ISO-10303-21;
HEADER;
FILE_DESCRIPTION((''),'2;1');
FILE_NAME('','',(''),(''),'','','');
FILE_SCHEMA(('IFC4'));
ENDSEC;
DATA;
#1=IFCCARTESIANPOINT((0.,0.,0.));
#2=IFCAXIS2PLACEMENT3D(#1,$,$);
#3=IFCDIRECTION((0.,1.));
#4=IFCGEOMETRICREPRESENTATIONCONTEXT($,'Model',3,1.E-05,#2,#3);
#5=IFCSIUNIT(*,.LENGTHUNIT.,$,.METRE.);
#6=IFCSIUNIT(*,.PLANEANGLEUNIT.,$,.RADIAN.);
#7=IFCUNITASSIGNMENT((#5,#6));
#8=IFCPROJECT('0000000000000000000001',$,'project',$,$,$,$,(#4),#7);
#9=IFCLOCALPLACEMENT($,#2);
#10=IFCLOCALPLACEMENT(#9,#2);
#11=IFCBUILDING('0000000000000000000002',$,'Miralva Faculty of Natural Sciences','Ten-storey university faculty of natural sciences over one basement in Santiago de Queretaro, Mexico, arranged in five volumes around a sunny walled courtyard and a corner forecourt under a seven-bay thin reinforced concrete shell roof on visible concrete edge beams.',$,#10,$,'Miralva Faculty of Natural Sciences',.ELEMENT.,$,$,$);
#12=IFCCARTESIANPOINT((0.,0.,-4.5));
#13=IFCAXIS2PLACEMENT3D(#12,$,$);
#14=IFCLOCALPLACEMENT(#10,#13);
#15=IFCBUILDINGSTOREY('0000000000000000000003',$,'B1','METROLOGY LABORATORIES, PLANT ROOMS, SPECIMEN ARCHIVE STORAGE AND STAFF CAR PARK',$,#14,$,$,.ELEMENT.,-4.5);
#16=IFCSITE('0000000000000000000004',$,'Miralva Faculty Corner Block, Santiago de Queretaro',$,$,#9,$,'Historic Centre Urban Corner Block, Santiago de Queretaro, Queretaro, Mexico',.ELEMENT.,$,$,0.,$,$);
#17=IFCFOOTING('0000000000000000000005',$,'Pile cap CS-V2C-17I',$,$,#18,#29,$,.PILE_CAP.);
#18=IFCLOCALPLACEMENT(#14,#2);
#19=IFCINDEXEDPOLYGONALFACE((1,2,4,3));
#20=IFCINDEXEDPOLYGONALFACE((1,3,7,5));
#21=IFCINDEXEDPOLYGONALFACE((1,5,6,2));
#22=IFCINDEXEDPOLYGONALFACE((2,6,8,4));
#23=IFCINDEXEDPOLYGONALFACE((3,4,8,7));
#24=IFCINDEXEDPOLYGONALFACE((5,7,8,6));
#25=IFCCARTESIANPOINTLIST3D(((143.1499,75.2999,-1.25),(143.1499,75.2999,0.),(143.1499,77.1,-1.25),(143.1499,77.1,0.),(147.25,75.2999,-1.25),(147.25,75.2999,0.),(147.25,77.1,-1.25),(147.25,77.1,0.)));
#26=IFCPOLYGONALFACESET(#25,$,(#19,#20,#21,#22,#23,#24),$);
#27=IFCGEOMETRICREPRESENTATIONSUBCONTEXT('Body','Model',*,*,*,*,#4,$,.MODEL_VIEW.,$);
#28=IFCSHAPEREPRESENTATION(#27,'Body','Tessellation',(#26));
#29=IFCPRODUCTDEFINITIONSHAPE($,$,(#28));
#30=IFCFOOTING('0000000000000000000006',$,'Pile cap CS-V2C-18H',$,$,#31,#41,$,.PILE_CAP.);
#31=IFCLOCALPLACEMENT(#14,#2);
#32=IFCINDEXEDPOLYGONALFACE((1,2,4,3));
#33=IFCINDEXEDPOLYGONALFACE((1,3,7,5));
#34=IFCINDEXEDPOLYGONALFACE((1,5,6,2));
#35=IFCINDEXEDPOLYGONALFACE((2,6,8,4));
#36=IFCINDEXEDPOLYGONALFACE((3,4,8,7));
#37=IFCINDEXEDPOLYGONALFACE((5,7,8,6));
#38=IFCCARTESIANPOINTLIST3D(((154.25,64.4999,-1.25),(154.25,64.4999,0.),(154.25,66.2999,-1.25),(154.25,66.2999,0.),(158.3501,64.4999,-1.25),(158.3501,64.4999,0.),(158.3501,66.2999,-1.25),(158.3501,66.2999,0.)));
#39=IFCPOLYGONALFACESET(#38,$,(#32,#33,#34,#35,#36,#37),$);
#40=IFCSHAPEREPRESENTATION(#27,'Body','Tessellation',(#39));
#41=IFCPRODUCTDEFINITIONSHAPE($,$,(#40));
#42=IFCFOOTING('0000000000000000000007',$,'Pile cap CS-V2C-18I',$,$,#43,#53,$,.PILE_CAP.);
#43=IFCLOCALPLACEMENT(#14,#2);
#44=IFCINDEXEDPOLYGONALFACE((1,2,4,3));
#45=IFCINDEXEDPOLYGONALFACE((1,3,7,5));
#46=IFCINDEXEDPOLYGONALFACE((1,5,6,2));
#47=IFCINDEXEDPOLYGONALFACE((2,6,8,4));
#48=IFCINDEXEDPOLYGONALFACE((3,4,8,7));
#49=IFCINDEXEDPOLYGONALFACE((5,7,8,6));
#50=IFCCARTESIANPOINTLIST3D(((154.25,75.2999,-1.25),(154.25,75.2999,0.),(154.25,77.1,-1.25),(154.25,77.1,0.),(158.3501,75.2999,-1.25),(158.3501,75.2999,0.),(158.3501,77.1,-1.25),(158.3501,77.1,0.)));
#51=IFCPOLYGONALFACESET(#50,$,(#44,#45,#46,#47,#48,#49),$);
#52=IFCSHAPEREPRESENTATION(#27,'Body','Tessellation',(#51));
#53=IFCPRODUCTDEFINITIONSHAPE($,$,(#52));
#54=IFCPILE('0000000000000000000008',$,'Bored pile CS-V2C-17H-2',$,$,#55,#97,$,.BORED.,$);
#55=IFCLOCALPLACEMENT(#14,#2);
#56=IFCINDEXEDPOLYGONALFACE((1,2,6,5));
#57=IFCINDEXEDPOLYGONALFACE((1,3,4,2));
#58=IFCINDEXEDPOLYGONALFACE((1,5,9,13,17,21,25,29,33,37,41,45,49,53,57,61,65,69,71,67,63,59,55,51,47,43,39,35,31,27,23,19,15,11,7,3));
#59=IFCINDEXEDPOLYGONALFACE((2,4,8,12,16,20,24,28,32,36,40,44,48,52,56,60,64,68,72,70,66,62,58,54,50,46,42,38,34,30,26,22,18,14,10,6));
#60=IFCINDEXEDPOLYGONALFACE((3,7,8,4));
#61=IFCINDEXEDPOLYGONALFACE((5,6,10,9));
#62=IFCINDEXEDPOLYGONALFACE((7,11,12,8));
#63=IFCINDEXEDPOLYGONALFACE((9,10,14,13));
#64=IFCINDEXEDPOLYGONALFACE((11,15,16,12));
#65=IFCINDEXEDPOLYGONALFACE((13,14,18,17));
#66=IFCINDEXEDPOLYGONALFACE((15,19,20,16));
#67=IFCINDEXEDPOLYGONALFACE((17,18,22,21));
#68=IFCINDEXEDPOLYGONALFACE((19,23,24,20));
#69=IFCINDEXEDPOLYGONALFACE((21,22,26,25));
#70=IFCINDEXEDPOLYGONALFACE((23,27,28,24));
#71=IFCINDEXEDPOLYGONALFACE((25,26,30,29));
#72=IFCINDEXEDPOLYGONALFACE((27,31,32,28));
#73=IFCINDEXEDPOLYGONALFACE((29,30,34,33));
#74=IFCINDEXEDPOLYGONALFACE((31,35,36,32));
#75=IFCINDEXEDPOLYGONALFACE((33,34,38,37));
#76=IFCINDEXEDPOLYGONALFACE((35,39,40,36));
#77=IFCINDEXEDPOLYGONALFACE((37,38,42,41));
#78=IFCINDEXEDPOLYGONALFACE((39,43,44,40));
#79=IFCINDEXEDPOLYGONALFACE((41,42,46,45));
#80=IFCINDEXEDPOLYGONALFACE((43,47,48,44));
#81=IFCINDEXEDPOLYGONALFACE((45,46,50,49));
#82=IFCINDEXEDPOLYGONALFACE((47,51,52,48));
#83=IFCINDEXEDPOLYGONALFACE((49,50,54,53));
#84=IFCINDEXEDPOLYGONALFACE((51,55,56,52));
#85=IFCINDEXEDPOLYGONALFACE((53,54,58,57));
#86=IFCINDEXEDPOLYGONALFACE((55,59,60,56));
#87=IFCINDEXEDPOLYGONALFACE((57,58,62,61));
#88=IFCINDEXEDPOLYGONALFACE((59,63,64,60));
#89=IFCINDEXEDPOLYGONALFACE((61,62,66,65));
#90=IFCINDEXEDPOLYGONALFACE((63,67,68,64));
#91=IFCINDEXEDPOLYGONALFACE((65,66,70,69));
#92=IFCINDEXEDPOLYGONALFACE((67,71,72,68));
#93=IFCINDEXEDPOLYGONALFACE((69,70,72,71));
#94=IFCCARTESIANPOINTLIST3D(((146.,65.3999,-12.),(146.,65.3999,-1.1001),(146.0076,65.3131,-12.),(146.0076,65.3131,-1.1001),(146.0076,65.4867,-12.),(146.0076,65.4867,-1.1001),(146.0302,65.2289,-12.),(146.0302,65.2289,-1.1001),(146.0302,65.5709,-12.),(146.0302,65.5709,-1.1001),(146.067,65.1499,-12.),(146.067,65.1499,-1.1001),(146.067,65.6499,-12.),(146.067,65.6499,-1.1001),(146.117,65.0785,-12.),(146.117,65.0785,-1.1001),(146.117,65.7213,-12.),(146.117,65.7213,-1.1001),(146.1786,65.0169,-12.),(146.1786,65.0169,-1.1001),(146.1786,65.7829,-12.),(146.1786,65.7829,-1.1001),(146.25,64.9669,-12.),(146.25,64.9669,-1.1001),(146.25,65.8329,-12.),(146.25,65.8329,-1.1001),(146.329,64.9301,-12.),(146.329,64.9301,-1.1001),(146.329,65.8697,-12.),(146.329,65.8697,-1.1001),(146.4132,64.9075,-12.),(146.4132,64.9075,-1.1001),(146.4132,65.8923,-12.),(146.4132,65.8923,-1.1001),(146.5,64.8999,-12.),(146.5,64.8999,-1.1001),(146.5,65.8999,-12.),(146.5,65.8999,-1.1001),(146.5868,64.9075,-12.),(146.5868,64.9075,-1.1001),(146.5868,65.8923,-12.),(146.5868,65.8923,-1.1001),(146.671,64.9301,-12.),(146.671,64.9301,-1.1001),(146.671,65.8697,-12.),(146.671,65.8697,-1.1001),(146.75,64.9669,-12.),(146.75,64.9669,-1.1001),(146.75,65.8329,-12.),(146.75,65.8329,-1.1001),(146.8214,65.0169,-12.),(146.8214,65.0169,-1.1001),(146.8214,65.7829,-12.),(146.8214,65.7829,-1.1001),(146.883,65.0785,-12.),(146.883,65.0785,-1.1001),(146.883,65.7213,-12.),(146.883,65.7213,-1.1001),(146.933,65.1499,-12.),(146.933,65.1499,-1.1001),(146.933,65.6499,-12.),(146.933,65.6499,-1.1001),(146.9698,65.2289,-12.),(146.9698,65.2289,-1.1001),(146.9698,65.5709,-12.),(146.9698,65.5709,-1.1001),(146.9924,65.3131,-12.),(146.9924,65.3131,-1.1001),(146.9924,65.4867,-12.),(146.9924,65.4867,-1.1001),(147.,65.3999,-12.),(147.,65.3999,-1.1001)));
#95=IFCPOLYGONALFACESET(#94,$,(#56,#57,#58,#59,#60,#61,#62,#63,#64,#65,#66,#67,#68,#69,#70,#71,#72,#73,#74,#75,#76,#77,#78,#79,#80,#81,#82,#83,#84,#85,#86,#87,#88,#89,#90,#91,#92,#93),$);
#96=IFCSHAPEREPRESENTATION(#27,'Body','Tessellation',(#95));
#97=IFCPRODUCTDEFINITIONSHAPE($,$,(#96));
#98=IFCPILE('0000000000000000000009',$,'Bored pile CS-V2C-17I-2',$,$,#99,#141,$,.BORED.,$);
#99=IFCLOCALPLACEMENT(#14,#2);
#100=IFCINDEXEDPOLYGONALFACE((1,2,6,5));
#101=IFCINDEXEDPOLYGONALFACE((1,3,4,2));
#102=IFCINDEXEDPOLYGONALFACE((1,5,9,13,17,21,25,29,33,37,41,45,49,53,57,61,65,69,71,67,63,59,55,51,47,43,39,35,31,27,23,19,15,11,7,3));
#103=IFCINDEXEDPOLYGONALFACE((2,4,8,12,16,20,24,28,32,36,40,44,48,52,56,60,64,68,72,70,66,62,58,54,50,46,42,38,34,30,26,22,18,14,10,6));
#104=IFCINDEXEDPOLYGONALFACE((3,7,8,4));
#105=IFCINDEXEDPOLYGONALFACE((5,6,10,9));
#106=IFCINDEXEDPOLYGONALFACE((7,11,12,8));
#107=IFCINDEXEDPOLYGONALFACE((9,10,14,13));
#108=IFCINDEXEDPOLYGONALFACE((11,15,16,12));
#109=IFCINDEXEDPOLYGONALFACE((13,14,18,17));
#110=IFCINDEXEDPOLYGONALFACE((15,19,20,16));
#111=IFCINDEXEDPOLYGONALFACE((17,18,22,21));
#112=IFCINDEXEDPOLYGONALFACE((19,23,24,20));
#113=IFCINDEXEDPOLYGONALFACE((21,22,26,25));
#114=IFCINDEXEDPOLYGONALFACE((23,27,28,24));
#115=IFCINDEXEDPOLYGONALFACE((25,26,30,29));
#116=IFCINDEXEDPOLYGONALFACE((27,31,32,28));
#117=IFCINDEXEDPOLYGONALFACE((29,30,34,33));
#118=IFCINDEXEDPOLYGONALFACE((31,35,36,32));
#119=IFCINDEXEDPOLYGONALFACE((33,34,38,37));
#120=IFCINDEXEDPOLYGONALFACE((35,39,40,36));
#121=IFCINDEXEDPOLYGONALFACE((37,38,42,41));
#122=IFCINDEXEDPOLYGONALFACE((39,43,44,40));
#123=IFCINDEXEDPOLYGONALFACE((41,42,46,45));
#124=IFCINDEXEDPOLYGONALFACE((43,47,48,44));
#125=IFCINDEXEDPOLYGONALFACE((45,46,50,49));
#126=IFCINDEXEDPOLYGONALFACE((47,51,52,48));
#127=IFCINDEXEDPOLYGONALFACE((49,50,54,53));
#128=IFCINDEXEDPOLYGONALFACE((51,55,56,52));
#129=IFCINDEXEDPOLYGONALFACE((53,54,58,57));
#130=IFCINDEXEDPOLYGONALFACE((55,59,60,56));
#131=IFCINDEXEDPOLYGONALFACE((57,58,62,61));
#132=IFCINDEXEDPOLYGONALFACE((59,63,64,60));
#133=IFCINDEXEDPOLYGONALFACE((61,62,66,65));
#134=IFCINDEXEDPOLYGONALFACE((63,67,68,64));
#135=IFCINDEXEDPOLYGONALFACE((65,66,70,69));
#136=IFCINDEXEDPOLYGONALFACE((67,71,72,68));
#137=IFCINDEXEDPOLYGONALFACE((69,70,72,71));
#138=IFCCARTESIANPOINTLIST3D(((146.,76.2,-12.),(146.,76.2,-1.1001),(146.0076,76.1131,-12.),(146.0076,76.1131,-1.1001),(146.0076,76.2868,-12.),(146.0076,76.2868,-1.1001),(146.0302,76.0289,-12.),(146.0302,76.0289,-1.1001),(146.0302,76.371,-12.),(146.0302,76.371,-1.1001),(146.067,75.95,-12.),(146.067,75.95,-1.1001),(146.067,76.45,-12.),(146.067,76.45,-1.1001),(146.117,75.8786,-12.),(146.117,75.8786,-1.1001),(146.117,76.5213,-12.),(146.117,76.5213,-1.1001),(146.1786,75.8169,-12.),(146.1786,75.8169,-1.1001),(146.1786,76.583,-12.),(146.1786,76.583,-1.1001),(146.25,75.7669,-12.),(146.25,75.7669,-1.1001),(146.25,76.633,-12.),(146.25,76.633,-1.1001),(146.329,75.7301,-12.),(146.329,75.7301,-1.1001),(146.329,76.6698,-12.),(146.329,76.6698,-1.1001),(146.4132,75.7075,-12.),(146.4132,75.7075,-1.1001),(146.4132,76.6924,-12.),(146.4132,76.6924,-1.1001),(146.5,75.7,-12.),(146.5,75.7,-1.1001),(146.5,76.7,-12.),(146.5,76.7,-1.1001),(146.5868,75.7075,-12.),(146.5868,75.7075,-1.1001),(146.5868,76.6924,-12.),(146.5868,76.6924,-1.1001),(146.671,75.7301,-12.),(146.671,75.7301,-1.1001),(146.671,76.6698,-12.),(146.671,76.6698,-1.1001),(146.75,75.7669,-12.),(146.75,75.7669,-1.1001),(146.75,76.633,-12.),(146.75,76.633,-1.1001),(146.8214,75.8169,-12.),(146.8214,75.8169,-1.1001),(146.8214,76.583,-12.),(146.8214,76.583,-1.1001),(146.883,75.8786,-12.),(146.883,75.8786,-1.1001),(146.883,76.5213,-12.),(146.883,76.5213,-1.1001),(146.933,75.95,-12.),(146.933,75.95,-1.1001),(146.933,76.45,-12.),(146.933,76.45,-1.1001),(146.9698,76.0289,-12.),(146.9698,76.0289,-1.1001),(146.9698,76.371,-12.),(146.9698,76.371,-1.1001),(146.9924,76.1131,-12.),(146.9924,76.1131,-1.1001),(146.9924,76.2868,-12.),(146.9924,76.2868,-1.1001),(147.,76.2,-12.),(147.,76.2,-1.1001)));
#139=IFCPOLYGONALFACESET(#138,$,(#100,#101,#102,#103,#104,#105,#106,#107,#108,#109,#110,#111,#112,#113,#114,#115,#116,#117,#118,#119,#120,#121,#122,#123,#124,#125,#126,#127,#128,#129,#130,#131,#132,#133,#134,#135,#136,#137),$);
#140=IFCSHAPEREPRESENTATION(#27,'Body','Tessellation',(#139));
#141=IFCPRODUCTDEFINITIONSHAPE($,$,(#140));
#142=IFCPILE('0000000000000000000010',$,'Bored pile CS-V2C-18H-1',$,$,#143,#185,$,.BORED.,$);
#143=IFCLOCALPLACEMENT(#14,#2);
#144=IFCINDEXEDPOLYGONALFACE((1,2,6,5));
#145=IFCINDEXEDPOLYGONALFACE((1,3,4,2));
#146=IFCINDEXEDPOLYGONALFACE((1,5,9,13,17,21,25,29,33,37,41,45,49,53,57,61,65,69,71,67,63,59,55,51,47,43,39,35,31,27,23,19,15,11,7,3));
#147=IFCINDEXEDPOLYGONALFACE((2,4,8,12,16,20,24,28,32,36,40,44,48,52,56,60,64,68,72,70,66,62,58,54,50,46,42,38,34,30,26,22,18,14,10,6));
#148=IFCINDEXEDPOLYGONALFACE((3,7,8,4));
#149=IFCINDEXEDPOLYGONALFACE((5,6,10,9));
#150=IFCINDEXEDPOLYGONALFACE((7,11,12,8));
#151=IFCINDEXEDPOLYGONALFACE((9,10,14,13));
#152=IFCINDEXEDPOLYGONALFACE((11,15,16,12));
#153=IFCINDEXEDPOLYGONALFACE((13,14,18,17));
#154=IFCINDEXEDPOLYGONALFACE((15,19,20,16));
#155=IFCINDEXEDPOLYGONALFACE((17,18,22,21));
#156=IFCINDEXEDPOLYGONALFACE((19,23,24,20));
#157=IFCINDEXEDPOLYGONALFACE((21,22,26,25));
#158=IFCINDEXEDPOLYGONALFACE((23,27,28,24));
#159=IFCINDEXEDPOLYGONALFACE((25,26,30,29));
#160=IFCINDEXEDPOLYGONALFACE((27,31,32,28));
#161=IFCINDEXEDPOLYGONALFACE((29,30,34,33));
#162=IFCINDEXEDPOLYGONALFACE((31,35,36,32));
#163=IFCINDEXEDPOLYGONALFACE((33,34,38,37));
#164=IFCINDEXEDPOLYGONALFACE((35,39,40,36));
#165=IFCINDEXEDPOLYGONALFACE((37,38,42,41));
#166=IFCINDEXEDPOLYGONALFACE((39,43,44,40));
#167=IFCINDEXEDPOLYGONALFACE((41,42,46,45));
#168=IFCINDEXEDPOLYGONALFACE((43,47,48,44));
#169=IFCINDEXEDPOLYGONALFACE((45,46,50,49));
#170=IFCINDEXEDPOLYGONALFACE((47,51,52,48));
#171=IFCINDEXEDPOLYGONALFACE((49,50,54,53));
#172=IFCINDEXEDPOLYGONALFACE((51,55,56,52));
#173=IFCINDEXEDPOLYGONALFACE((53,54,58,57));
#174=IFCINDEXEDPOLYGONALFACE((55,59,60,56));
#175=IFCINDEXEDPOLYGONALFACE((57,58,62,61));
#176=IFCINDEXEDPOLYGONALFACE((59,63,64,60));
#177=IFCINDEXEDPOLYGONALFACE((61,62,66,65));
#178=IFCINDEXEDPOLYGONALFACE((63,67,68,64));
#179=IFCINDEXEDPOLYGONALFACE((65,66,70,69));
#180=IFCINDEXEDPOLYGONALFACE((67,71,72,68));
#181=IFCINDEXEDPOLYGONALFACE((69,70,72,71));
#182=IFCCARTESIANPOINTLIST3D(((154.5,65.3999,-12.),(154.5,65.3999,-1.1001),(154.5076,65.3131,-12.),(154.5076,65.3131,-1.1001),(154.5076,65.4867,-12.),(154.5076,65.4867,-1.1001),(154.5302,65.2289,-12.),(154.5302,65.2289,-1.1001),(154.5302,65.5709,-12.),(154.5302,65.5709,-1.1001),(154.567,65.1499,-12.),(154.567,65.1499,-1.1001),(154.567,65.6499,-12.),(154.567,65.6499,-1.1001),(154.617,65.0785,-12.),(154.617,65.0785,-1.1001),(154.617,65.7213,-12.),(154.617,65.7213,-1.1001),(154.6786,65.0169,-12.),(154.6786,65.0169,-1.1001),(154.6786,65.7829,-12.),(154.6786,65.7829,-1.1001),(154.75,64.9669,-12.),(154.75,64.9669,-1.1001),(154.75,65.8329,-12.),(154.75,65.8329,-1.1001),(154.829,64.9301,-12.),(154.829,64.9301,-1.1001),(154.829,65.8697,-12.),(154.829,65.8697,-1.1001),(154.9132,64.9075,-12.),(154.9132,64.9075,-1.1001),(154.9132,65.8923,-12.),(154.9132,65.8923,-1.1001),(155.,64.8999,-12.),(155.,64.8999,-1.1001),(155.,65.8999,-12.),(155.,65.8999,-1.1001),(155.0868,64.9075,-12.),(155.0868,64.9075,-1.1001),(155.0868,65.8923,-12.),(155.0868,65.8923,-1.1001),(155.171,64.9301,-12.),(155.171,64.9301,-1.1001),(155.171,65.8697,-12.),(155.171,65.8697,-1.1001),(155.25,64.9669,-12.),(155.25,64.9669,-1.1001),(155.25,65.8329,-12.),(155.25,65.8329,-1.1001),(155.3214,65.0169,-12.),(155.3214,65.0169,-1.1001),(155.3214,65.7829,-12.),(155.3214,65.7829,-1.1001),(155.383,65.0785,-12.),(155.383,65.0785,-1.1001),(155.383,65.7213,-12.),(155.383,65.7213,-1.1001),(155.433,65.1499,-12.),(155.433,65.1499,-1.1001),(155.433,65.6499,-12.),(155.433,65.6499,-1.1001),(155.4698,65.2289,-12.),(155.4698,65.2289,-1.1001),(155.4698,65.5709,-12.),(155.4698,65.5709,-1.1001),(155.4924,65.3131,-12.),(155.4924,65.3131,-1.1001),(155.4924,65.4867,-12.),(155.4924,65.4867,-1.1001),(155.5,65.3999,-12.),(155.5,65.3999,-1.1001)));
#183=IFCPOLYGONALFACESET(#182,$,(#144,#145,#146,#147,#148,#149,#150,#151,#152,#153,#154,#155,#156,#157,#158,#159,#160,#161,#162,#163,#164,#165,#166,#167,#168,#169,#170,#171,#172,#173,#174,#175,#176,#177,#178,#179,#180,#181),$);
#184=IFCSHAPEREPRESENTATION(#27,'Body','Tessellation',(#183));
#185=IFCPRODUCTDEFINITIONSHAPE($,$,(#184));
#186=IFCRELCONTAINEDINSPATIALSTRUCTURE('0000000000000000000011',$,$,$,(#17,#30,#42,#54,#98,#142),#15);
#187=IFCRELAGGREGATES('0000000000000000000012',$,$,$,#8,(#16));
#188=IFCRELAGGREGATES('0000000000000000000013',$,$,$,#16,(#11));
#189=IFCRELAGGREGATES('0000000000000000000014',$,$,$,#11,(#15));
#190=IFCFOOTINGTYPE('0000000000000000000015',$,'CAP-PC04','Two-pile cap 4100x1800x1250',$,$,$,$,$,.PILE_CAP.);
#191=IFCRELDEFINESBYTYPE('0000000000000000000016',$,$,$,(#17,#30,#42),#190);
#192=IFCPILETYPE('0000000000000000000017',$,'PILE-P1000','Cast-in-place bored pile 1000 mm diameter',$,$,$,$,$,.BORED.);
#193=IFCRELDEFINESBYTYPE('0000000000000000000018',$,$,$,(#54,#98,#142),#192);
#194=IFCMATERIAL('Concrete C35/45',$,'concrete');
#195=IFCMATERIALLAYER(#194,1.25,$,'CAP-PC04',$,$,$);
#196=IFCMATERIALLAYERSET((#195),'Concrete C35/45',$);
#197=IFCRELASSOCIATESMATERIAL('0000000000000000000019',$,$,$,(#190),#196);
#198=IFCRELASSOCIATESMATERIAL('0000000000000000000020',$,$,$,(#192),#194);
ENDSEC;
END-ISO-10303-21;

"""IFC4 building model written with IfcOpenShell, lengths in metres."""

from ifc_helpers import new_model, si_unit, direction, frame, origin, origin_2d, place, context, subcontext, project, spatial, rectangle, circle, extrude, material, layer, layer_set, material_profile, profile_set, type_object, element, save


model = new_model("IFC4")

# Units and contexts
model_context = context("Model", 3, precision=1e-05, world=origin(), true_north=direction((0.0, 1.0)))
body_context = subcontext(model_context, "Body", "Model", "MODEL_VIEW")
ifc_project = project(units=[si_unit("LENGTHUNIT", "METRE"), si_unit("PLANEANGLEUNIT", "RADIAN")], contexts=[model_context])

# Site, building, storey
site_placement = place(None, origin())
site = spatial("IfcSite", under=ifc_project, at=site_placement, Name="Miralva Faculty Corner Block, Santiago de Queretaro", LongName="Historic Centre Urban Corner Block, Santiago de Queretaro, Queretaro, Mexico", CompositionType="ELEMENT", RefElevation=0.0)
building_placement = place(site_placement, origin())
building = spatial("IfcBuilding", under=site, at=building_placement, Name="Miralva Faculty of Natural Sciences", Description="Ten-storey university faculty of natural sciences over one basement in Santiago de Queretaro, Mexico, arranged in five volumes around a sunny walled courtyard and a corner forecourt under a seven-bay thin reinforced concrete shell roof on visible concrete edge beams.", LongName="Miralva Faculty of Natural Sciences", CompositionType="ELEMENT")
storey_placement = place(building_placement, frame((0.0, 0.0, -4.5)))
storey = spatial("IfcBuildingStorey", under=building, at=storey_placement, Name="B1", Description="METROLOGY LABORATORIES, PLANT ROOMS, SPECIMEN ARCHIVE STORAGE AND STAFF CAR PARK", CompositionType="ELEMENT", Elevation=-4.5)

# Footings
ifc_material_1 = material(Name="Concrete C35/45", Category="concrete")
ifc_layer = layer(ifc_material_1, 1.25, Name="CAP-PC04")
ifc_layer_set = layer_set([ifc_layer], Name="Concrete C35/45")
footing_type_1 = type_object("IfcFootingType", Name="CAP-PC04", Description="Two-pile cap 4100x1800x1250", PredefinedType="PILE_CAP", material=ifc_layer_set)
for number, where, z_axis, x_axis, name in (
    (1, (145.2, 76.2, -1.25), (0.0, 0.0, 1.0), (1.0, 0.0, 0.0), "Pile cap CS-V2C-17I"),
    (2, (156.3, 65.3999, -1.25), (0.0, 0.0, 1.0), (1.0, 0.0, 0.0), "Pile cap CS-V2C-18H"),
    (3, (156.3, 76.2, -1.25), (0.0, 0.0, 1.0), (1.0, 0.0, 0.0), "Pile cap CS-V2C-18I"),
):
    element("IfcFooting", number, at=place(storey_placement, frame(where, z_axis=z_axis, x_axis=x_axis)), inside=storey, type_object=footing_type_1, Name=name, PredefinedType="PILE_CAP", context=body_context, shape_type="SweptSolid", body=[
        extrude(rectangle(XDim=4.1001, YDim=1.8, at=origin_2d()), origin(), (0.0, 0.0, 1.0), 1.25),
    ])

# Piles
ifc_material_profile_1 = material_profile(ifc_material_1, circle(Radius=0.5, at=origin_2d()), Name="BORED PILE 1000")
ifc_profile_set_1 = profile_set([ifc_material_profile_1], Name="Concrete C35/45")
pile_type = type_object("IfcPileType", Name="PILE-P1000", Description="Cast-in-place bored pile 1000 mm diameter", PredefinedType="BORED", material=ifc_profile_set_1)
for number, where, z_axis, x_axis, name in (
    (4, (146.5, 65.3999, -1.1001), (0.0, 0.0, -1.0), (1.0, 0.0, 0.0), "Bored pile CS-V2C-17H-2"),
    (5, (146.5, 76.2, -1.1001), (0.0, 0.0, -1.0), (1.0, 0.0, 0.0), "Bored pile CS-V2C-17I-2"),
    (6, (155.0, 65.3999, -1.1001), (0.0, 0.0, -1.0), (1.0, 0.0, 0.0), "Bored pile CS-V2C-18H-1"),
):
    element("IfcPile", number, at=place(storey_placement, frame(where, z_axis=z_axis, x_axis=x_axis)), inside=storey, type_object=pile_type, Name=name, PredefinedType="BORED", context=body_context, shape_type="SweptSolid", body=[
        extrude(circle(Radius=0.5, at=origin_2d()), origin(), (0.0, 0.0, 1.0), 10.8999),
    ])

save(model, "model.ifc")
